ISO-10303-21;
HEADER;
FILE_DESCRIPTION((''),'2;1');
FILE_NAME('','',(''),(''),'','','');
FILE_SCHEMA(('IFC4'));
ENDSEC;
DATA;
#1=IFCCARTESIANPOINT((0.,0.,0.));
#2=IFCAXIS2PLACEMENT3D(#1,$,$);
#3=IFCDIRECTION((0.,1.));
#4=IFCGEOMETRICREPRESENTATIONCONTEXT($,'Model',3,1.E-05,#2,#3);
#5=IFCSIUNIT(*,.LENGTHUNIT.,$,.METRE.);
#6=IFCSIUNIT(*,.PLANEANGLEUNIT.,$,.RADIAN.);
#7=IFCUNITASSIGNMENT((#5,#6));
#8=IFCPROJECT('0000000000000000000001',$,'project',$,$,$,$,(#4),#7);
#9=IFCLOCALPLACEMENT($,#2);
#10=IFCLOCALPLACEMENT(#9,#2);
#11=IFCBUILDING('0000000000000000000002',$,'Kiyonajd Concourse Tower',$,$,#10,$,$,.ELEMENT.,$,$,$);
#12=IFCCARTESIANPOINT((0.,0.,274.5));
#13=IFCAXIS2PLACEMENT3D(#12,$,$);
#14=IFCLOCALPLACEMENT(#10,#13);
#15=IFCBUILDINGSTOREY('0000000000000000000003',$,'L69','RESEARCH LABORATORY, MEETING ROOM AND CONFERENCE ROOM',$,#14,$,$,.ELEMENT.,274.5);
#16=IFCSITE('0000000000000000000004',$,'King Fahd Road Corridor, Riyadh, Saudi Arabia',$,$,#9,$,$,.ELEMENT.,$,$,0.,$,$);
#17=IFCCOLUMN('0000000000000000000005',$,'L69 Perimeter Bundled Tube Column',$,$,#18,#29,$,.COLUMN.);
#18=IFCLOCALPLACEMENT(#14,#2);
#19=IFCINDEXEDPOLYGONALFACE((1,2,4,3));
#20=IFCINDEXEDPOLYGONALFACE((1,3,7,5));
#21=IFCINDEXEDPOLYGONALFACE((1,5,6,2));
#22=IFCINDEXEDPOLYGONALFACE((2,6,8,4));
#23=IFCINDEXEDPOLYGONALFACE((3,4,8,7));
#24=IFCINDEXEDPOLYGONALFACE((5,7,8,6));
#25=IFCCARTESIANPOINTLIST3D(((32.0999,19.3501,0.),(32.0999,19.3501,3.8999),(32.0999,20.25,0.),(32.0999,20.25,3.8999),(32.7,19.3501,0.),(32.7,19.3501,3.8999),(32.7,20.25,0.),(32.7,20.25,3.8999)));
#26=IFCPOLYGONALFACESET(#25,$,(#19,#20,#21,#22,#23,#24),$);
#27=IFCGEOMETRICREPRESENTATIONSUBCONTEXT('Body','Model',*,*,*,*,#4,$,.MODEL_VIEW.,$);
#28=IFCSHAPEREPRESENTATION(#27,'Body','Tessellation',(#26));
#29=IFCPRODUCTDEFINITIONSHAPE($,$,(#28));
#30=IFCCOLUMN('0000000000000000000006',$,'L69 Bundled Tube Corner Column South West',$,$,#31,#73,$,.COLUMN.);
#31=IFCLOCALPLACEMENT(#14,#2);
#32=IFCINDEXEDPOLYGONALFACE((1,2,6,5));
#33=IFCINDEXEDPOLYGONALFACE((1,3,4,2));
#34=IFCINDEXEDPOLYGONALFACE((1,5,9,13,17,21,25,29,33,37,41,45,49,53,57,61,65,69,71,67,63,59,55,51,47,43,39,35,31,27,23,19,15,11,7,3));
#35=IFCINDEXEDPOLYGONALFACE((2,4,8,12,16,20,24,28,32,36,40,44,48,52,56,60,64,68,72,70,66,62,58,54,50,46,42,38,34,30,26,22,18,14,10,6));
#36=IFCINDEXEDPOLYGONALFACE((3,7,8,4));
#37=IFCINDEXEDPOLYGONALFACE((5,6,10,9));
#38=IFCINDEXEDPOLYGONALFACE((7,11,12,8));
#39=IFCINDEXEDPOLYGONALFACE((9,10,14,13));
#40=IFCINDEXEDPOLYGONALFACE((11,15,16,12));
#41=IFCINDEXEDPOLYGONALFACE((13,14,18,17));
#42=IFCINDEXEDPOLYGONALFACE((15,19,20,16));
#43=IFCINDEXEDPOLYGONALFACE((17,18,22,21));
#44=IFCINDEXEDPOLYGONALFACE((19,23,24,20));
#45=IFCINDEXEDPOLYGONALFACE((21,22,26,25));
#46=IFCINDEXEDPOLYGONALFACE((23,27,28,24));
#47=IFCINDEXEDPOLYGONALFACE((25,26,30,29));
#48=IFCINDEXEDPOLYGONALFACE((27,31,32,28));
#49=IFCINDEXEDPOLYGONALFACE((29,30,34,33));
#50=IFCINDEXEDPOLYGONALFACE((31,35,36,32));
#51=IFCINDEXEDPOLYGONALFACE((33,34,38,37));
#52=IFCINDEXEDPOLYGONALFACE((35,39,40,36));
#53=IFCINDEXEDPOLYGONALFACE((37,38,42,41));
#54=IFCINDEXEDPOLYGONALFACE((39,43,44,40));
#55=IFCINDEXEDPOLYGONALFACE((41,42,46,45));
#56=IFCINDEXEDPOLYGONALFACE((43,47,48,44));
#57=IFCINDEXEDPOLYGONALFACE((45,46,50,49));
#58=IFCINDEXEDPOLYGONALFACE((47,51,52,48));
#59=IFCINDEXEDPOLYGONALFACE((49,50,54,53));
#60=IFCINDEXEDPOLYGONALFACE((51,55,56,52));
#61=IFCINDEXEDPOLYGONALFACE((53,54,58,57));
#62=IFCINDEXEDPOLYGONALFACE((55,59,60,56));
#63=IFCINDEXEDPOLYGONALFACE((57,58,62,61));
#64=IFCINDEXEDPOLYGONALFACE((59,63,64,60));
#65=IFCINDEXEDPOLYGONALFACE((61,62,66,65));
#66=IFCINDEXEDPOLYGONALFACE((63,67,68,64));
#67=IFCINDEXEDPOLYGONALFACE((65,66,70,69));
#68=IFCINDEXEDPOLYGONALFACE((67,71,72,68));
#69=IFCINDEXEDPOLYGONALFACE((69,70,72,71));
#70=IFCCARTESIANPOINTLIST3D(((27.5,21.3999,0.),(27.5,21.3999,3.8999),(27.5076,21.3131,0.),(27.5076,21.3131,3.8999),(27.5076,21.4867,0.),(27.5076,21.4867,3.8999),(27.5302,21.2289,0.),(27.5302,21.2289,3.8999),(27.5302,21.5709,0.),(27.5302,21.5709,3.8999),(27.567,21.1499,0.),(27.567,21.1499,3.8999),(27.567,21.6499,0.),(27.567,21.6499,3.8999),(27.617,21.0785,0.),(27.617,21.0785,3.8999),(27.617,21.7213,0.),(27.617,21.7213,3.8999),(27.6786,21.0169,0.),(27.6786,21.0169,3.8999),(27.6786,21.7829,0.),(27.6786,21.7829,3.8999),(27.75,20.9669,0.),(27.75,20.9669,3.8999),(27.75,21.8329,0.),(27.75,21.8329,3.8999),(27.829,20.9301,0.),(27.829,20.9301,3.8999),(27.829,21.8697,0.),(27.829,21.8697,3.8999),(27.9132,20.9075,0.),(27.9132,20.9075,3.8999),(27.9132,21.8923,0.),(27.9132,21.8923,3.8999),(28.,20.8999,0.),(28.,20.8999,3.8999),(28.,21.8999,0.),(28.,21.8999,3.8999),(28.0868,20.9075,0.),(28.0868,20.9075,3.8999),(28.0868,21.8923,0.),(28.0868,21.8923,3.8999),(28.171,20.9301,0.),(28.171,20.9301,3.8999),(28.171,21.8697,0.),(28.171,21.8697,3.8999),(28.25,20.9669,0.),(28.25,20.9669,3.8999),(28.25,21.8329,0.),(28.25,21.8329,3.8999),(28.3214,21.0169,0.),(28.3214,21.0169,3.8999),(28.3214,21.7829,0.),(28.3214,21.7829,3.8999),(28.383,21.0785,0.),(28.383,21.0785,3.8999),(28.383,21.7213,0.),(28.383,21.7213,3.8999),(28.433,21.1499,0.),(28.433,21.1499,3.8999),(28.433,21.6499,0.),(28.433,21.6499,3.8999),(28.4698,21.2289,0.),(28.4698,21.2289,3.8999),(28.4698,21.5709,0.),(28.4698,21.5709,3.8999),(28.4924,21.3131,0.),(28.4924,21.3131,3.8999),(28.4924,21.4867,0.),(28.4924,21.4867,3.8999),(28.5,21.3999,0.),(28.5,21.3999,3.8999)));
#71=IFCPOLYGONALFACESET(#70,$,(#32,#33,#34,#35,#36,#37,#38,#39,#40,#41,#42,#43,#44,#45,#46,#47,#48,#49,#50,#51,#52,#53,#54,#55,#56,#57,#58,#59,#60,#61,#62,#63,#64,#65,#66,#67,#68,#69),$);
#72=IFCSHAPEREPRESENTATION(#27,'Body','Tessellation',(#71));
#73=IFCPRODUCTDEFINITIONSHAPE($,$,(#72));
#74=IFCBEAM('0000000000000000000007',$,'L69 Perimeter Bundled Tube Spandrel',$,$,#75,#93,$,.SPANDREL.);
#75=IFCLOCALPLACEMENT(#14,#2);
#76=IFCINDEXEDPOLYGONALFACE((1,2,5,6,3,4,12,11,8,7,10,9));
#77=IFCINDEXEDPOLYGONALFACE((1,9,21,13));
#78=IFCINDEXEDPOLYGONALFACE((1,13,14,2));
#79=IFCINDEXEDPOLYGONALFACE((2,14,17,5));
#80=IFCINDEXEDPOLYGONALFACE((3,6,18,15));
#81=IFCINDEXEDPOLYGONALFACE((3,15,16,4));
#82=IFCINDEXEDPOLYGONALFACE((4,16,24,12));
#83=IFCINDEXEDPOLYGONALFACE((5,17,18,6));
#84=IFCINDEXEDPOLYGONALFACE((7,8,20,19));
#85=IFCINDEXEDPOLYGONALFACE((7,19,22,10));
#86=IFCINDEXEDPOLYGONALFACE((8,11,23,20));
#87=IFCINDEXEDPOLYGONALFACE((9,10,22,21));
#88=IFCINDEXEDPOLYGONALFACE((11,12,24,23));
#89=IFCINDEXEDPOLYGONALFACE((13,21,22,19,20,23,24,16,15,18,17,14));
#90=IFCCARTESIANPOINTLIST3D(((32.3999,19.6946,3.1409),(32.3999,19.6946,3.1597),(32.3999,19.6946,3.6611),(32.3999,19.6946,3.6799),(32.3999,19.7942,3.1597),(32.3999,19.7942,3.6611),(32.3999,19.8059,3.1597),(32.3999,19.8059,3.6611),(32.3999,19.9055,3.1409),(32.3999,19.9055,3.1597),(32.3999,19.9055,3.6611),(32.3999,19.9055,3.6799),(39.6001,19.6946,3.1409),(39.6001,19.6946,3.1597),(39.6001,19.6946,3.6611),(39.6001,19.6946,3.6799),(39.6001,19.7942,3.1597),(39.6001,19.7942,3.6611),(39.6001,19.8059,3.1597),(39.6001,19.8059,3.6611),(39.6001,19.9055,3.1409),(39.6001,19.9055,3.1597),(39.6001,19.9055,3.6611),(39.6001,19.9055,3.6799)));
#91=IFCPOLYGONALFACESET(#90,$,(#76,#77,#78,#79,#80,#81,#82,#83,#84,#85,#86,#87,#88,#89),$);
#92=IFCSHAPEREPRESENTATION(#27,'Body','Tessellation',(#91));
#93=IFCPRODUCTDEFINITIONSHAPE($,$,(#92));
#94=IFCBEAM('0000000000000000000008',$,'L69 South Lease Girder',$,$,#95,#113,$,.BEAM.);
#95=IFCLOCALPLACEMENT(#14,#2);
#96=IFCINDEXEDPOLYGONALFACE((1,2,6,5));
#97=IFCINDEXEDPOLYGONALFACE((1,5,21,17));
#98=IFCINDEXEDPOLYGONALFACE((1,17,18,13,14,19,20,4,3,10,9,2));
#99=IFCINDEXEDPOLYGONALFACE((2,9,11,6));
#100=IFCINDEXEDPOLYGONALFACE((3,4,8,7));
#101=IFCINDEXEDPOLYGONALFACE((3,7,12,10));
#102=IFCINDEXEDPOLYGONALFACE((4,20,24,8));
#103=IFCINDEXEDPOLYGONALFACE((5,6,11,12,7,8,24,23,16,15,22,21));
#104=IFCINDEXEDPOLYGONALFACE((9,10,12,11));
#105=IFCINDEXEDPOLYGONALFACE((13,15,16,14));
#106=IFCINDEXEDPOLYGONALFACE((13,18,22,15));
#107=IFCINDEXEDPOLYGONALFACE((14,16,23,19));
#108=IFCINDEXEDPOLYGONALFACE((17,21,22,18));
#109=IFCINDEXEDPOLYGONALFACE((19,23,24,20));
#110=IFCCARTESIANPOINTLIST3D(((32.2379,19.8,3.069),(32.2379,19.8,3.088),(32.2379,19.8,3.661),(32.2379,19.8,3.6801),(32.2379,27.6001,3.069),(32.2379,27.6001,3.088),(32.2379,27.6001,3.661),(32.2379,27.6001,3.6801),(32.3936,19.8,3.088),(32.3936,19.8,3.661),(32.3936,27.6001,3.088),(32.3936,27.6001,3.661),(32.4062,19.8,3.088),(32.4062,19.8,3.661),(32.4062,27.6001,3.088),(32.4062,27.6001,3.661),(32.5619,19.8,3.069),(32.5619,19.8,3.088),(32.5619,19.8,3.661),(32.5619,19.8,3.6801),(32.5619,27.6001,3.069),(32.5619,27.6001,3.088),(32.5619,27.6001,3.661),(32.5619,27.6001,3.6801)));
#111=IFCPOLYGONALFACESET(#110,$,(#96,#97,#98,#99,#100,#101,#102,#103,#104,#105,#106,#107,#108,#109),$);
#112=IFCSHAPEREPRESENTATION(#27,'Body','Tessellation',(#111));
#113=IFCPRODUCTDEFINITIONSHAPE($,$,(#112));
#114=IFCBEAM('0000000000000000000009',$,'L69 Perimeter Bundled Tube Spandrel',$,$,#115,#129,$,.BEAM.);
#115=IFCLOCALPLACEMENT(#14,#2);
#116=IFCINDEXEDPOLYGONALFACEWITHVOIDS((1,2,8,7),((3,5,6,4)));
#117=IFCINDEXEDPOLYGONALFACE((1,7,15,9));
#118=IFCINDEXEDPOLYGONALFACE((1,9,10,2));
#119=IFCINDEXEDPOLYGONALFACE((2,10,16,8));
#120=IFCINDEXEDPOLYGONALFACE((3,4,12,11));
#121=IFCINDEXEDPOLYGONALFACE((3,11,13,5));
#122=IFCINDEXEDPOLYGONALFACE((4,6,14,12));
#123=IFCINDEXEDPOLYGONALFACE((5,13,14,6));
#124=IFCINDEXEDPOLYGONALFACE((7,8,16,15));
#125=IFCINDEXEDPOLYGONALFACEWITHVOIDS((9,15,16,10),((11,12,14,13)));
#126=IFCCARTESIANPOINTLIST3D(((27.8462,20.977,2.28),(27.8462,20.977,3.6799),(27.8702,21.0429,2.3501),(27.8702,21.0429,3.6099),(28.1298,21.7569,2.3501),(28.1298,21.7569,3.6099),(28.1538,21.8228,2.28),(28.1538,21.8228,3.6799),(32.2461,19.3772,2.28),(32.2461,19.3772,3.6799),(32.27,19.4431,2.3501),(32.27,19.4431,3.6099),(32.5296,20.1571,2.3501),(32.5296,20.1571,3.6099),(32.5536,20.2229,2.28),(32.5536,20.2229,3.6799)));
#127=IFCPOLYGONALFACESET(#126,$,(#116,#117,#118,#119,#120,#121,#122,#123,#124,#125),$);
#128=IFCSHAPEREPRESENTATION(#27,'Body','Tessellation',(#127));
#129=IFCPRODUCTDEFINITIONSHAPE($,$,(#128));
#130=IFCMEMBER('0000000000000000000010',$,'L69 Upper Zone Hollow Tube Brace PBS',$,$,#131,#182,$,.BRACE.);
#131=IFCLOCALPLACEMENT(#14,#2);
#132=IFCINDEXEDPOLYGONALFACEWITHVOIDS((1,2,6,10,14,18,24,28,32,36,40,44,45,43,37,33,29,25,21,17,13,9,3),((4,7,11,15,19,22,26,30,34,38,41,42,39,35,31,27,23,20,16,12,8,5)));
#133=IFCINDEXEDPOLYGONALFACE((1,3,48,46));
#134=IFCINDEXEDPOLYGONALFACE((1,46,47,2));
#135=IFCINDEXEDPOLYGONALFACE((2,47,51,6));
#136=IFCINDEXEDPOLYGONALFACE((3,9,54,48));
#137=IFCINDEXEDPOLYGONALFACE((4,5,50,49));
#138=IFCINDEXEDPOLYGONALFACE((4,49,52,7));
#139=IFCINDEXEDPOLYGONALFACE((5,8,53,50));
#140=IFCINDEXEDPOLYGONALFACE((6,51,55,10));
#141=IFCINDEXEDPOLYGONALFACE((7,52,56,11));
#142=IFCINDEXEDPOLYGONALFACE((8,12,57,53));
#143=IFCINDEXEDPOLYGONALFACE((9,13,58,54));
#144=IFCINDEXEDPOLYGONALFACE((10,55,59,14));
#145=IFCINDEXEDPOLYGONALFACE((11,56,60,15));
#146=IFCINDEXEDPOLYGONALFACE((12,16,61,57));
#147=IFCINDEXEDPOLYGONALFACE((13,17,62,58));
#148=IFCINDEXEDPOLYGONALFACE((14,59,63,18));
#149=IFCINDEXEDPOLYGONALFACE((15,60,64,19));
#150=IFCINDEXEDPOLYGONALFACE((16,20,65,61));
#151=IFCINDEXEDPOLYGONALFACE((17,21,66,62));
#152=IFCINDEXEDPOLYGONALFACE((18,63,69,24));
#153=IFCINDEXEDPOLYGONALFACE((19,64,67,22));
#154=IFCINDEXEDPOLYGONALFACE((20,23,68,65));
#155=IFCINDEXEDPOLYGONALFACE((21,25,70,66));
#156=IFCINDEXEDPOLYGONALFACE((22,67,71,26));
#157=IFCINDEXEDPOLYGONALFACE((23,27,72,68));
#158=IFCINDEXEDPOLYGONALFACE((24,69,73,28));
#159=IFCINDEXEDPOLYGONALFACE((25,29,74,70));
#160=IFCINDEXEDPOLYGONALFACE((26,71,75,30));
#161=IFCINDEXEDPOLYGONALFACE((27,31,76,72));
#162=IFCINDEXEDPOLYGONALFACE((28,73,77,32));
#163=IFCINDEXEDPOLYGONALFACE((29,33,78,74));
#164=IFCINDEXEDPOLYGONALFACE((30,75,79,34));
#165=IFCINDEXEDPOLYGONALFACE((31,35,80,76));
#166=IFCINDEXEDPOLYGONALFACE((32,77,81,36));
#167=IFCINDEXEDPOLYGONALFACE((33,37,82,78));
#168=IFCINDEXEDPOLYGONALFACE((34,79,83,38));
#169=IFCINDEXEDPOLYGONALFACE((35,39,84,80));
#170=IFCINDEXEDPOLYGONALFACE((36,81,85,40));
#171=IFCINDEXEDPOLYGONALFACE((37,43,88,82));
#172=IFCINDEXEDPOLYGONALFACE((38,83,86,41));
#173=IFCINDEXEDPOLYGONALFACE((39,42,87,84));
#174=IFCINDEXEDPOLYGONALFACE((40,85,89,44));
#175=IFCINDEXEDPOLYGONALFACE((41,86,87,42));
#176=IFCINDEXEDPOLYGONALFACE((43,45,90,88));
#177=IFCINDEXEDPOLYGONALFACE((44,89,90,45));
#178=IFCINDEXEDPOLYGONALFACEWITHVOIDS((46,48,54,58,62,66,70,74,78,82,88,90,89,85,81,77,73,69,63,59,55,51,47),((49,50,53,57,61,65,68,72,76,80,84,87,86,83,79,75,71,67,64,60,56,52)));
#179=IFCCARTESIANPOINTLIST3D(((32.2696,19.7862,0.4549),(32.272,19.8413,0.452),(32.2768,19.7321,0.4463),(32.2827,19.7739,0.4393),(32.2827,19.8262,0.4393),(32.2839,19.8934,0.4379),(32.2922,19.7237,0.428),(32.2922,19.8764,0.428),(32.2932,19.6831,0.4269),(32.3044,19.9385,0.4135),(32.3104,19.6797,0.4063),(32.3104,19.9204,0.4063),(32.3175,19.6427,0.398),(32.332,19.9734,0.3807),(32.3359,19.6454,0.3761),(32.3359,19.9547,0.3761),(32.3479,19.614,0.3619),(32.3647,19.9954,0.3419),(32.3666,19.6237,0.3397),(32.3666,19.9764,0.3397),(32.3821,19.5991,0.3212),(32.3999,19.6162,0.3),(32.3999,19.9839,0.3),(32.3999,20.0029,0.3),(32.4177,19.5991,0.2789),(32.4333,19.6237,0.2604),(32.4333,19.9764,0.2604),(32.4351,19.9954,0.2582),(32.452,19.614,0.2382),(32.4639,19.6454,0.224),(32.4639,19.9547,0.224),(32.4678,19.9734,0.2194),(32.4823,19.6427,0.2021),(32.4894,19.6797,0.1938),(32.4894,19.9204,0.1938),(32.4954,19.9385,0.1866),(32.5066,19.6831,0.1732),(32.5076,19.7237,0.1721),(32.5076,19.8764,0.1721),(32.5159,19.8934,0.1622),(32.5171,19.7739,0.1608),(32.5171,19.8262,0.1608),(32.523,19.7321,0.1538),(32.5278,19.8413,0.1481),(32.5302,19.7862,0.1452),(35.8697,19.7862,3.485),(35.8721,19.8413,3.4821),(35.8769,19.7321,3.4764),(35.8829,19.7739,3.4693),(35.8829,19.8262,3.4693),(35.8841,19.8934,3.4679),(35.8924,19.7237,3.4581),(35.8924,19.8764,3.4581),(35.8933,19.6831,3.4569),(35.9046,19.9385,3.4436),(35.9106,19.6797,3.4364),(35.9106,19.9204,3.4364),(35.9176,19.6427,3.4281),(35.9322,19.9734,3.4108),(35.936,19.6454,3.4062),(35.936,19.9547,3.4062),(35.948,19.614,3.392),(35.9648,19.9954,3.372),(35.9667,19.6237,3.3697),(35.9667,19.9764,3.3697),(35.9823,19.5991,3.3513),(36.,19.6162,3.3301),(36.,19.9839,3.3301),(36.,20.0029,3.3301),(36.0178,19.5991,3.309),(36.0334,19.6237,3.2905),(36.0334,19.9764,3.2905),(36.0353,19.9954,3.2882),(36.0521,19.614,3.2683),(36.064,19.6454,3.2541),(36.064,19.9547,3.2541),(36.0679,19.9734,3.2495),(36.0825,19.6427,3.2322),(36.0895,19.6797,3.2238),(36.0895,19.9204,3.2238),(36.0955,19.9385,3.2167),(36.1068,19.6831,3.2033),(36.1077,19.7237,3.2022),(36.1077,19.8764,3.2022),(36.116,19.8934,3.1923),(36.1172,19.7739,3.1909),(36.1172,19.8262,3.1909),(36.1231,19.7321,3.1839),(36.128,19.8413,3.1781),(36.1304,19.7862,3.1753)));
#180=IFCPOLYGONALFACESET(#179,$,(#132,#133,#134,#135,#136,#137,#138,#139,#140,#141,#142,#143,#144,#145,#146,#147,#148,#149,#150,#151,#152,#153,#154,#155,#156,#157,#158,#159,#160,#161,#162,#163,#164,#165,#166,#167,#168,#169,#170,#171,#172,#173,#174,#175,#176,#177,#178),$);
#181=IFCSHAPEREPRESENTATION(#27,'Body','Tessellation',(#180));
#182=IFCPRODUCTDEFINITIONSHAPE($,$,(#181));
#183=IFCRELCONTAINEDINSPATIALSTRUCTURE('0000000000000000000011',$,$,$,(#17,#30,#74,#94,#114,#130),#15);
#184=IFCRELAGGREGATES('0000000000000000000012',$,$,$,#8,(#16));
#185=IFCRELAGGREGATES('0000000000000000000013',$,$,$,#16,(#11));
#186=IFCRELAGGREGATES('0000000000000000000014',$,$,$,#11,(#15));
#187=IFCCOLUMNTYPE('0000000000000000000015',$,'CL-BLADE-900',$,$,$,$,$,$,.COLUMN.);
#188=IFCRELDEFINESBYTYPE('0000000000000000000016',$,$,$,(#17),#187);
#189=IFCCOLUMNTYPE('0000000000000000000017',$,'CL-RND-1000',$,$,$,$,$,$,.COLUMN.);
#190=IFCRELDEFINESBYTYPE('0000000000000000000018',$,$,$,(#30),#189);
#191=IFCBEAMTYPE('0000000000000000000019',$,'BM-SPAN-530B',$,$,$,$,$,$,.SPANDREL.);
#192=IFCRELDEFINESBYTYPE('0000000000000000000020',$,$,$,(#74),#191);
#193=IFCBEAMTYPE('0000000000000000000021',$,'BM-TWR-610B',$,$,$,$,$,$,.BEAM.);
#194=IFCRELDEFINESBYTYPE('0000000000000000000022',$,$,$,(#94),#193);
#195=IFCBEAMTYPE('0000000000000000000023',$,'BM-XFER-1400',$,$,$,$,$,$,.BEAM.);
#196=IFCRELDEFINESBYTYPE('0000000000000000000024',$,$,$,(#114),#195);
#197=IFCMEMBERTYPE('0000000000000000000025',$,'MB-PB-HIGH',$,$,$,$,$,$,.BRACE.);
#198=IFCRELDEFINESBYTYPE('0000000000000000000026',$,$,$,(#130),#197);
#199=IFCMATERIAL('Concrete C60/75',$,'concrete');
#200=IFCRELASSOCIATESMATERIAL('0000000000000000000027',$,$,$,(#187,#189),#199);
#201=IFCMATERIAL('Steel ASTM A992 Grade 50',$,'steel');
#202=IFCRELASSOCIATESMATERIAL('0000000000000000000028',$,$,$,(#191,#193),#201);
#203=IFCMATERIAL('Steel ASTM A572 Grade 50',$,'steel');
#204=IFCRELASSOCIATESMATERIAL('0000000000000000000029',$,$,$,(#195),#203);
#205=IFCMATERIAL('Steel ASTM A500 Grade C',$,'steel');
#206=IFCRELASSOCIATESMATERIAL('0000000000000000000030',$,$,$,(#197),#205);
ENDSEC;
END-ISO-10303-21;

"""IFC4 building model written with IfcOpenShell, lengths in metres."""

from ifc_helpers import new_model, si_unit, direction, frame, origin, origin_2d, place, context, subcontext, project, spatial, rectangle, hollow_rectangle, circle, hollow_circle, i_section, extrude, material, material_profile, profile_set, type_object, element, save


model = new_model("IFC4")

# Units and contexts
model_context = context("Model", 3, precision=1e-05, world=origin(), true_north=direction((0.0, 1.0)))
body_context = subcontext(model_context, "Body", "Model", "MODEL_VIEW")
ifc_project = project(units=[si_unit("LENGTHUNIT", "METRE"), si_unit("PLANEANGLEUNIT", "RADIAN")], contexts=[model_context])

# Site, building, storey
site_placement = place(None, origin())
site = spatial("IfcSite", under=ifc_project, at=site_placement, Name="King Fahd Road Corridor, Riyadh, Saudi Arabia", CompositionType="ELEMENT", RefElevation=0.0)
building_placement = place(site_placement, origin())
building = spatial("IfcBuilding", under=site, at=building_placement, Name="Kiyonajd Concourse Tower", CompositionType="ELEMENT")
storey_placement = place(building_placement, frame((0.0, 0.0, 274.5)))
storey = spatial("IfcBuildingStorey", under=building, at=storey_placement, Name="L69", Description="RESEARCH LABORATORY, MEETING ROOM AND CONFERENCE ROOM", CompositionType="ELEMENT", Elevation=274.5)

# Columns
ifc_material_1 = material(Name="Concrete C60/75", Category="concrete")
ifc_material_profile_1 = material_profile(ifc_material_1, rectangle(XDim=0.6001, YDim=0.8999, at=origin_2d()), Name="RC-900x600")
ifc_profile_set_1 = profile_set([ifc_material_profile_1], Name="Concrete C60/75")
column_type_1 = type_object("IfcColumnType", Name="CL-BLADE-900", PredefinedType="COLUMN", material=ifc_profile_set_1)
column_1_placement = place(storey_placement, frame((32.3999, 19.8, 0.0), z_axis=(0.0, 0.0, 1.0), x_axis=(1.0, 0.0, 0.0)))
element("IfcColumn", 1, at=column_1_placement, inside=storey, type_object=column_type_1, Name="L69 Perimeter Bundled Tube Column", PredefinedType="COLUMN", context=body_context, shape_type="SweptSolid", body=[
    extrude(rectangle(XDim=0.6001, YDim=0.8999, at=origin_2d()), origin(), (0.0, 0.0, 1.0), 3.8999),
])
ifc_material_profile_2 = material_profile(ifc_material_1, circle(Radius=0.5, at=origin_2d()), Name="RCC-D1000")
ifc_profile_set_2 = profile_set([ifc_material_profile_2], Name="Concrete C60/75")
column_type_2 = type_object("IfcColumnType", Name="CL-RND-1000", PredefinedType="COLUMN", material=ifc_profile_set_2)
column_2_placement = place(storey_placement, frame((28.0, 21.3999, 0.0), z_axis=(0.0, 0.0, 1.0), x_axis=(1.0, 0.0, 0.0)))
element("IfcColumn", 2, at=column_2_placement, inside=storey, type_object=column_type_2, Name="L69 Bundled Tube Corner Column South West", PredefinedType="COLUMN", context=body_context, shape_type="SweptSolid", body=[
    extrude(circle(Radius=0.5, at=origin_2d()), origin(), (0.0, 0.0, 1.0), 3.8999),
])

# Beams
ifc_material_2 = material(Name="Steel ASTM A992 Grade 50", Category="steel")
ifc_material_profile_3 = material_profile(ifc_material_2, i_section(OverallWidth=0.2109, OverallDepth=0.5391, WebThickness=0.0117, FlangeThickness=0.0188, at=origin_2d()), Name="W530X109")
ifc_profile_set_3 = profile_set([ifc_material_profile_3], Name="Steel ASTM A992 Grade 50")
beam_type_1 = type_object("IfcBeamType", Name="BM-SPAN-530B", PredefinedType="SPANDREL", material=ifc_profile_set_3)
beam_1_placement = place(storey_placement, frame((32.3999, 19.8, 3.4104), z_axis=(1.0, 0.0, 0.0), x_axis=(0.0, 1.0, 0.0)))
element("IfcBeam", 3, at=beam_1_placement, inside=storey, type_object=beam_type_1, Name="L69 Perimeter Bundled Tube Spandrel", PredefinedType="SPANDREL", context=body_context, shape_type="SweptSolid", body=[
    extrude(i_section(OverallWidth=0.2109, OverallDepth=0.5391, WebThickness=0.0117, FlangeThickness=0.0188, at=origin_2d()), origin(), (0.0, 0.0, 1.0), 7.2002),
])
ifc_material_profile_4 = material_profile(ifc_material_2, i_section(OverallWidth=0.324, OverallDepth=0.6111, WebThickness=0.0127, FlangeThickness=0.019, at=origin_2d()), Name="W610X155")
ifc_profile_set_4 = profile_set([ifc_material_profile_4], Name="Steel ASTM A992 Grade 50")
beam_type_2 = type_object("IfcBeamType", Name="BM-TWR-610B", PredefinedType="BEAM", material=ifc_profile_set_4)
beam_2_placement = place(storey_placement, frame((32.3999, 19.8, 3.3745), z_axis=(0.0, 1.0, 0.0), x_axis=(-1.0, 0.0, 0.0)))
element("IfcBeam", 4, at=beam_2_placement, inside=storey, type_object=beam_type_2, Name="L69 South Lease Girder", PredefinedType="BEAM", context=body_context, shape_type="SweptSolid", body=[
    extrude(i_section(OverallWidth=0.324, OverallDepth=0.6111, WebThickness=0.0127, FlangeThickness=0.019, at=origin_2d()), origin(), (0.0, 0.0, 1.0), 7.8),
])
ifc_material_3 = material(Name="Steel ASTM A572 Grade 50", Category="steel")
ifc_material_profile_5 = material_profile(ifc_material_3, hollow_rectangle(XDim=0.8999, YDim=1.3999, WallThickness=0.0701, at=origin_2d()), Name="BOX-1400x900x70")
ifc_profile_set_5 = profile_set([ifc_material_profile_5], Name="Steel ASTM A572 Grade 50")
beam_type_3 = type_object("IfcBeamType", Name="BM-XFER-1400", PredefinedType="BEAM", material=ifc_profile_set_5)
beam_3_placement = place(storey_placement, frame((28.0, 21.3999, 2.98), z_axis=(0.939801, -0.341722, 0.0), x_axis=(0.341722, 0.939801, 0.0)))
element("IfcBeam", 5, at=beam_3_placement, inside=storey, type_object=beam_type_3, Name="L69 Perimeter Bundled Tube Spandrel", PredefinedType="BEAM", context=body_context, shape_type="SweptSolid", body=[
    extrude(hollow_rectangle(XDim=0.8999, YDim=1.3999, WallThickness=0.0701, at=origin_2d()), origin(), (0.0, 0.0, 1.0), 4.6816),
])

# Member
ifc_material_4 = material(Name="Steel ASTM A500 Grade C", Category="steel")
ifc_material_profile_6 = material_profile(ifc_material_4, hollow_circle(Radius=0.2029, WallThickness=0.019, at=origin_2d()), Name="CHS-406x19")
ifc_profile_set_6 = profile_set([ifc_material_profile_6], Name="Steel ASTM A500 Grade C")
member_type = type_object("IfcMemberType", Name="MB-PB-HIGH", PredefinedType="BRACE", material=ifc_profile_set_6)
member_placement = place(storey_placement, frame((32.3999, 19.8, 0.3), z_axis=(0.765082, 0.0, 0.643933), x_axis=(0.0, 1.0, 0.0)))
element("IfcMember", 6, at=member_placement, inside=storey, type_object=member_type, Name="L69 Upper Zone Hollow Tube Brace PBS", PredefinedType="BRACE", context=body_context, shape_type="SweptSolid", body=[
    extrude(hollow_circle(Radius=0.2029, WallThickness=0.019, at=origin_2d()), origin(), (0.0, 0.0, 1.0), 4.7056),
])

save(model, "model.ifc")
